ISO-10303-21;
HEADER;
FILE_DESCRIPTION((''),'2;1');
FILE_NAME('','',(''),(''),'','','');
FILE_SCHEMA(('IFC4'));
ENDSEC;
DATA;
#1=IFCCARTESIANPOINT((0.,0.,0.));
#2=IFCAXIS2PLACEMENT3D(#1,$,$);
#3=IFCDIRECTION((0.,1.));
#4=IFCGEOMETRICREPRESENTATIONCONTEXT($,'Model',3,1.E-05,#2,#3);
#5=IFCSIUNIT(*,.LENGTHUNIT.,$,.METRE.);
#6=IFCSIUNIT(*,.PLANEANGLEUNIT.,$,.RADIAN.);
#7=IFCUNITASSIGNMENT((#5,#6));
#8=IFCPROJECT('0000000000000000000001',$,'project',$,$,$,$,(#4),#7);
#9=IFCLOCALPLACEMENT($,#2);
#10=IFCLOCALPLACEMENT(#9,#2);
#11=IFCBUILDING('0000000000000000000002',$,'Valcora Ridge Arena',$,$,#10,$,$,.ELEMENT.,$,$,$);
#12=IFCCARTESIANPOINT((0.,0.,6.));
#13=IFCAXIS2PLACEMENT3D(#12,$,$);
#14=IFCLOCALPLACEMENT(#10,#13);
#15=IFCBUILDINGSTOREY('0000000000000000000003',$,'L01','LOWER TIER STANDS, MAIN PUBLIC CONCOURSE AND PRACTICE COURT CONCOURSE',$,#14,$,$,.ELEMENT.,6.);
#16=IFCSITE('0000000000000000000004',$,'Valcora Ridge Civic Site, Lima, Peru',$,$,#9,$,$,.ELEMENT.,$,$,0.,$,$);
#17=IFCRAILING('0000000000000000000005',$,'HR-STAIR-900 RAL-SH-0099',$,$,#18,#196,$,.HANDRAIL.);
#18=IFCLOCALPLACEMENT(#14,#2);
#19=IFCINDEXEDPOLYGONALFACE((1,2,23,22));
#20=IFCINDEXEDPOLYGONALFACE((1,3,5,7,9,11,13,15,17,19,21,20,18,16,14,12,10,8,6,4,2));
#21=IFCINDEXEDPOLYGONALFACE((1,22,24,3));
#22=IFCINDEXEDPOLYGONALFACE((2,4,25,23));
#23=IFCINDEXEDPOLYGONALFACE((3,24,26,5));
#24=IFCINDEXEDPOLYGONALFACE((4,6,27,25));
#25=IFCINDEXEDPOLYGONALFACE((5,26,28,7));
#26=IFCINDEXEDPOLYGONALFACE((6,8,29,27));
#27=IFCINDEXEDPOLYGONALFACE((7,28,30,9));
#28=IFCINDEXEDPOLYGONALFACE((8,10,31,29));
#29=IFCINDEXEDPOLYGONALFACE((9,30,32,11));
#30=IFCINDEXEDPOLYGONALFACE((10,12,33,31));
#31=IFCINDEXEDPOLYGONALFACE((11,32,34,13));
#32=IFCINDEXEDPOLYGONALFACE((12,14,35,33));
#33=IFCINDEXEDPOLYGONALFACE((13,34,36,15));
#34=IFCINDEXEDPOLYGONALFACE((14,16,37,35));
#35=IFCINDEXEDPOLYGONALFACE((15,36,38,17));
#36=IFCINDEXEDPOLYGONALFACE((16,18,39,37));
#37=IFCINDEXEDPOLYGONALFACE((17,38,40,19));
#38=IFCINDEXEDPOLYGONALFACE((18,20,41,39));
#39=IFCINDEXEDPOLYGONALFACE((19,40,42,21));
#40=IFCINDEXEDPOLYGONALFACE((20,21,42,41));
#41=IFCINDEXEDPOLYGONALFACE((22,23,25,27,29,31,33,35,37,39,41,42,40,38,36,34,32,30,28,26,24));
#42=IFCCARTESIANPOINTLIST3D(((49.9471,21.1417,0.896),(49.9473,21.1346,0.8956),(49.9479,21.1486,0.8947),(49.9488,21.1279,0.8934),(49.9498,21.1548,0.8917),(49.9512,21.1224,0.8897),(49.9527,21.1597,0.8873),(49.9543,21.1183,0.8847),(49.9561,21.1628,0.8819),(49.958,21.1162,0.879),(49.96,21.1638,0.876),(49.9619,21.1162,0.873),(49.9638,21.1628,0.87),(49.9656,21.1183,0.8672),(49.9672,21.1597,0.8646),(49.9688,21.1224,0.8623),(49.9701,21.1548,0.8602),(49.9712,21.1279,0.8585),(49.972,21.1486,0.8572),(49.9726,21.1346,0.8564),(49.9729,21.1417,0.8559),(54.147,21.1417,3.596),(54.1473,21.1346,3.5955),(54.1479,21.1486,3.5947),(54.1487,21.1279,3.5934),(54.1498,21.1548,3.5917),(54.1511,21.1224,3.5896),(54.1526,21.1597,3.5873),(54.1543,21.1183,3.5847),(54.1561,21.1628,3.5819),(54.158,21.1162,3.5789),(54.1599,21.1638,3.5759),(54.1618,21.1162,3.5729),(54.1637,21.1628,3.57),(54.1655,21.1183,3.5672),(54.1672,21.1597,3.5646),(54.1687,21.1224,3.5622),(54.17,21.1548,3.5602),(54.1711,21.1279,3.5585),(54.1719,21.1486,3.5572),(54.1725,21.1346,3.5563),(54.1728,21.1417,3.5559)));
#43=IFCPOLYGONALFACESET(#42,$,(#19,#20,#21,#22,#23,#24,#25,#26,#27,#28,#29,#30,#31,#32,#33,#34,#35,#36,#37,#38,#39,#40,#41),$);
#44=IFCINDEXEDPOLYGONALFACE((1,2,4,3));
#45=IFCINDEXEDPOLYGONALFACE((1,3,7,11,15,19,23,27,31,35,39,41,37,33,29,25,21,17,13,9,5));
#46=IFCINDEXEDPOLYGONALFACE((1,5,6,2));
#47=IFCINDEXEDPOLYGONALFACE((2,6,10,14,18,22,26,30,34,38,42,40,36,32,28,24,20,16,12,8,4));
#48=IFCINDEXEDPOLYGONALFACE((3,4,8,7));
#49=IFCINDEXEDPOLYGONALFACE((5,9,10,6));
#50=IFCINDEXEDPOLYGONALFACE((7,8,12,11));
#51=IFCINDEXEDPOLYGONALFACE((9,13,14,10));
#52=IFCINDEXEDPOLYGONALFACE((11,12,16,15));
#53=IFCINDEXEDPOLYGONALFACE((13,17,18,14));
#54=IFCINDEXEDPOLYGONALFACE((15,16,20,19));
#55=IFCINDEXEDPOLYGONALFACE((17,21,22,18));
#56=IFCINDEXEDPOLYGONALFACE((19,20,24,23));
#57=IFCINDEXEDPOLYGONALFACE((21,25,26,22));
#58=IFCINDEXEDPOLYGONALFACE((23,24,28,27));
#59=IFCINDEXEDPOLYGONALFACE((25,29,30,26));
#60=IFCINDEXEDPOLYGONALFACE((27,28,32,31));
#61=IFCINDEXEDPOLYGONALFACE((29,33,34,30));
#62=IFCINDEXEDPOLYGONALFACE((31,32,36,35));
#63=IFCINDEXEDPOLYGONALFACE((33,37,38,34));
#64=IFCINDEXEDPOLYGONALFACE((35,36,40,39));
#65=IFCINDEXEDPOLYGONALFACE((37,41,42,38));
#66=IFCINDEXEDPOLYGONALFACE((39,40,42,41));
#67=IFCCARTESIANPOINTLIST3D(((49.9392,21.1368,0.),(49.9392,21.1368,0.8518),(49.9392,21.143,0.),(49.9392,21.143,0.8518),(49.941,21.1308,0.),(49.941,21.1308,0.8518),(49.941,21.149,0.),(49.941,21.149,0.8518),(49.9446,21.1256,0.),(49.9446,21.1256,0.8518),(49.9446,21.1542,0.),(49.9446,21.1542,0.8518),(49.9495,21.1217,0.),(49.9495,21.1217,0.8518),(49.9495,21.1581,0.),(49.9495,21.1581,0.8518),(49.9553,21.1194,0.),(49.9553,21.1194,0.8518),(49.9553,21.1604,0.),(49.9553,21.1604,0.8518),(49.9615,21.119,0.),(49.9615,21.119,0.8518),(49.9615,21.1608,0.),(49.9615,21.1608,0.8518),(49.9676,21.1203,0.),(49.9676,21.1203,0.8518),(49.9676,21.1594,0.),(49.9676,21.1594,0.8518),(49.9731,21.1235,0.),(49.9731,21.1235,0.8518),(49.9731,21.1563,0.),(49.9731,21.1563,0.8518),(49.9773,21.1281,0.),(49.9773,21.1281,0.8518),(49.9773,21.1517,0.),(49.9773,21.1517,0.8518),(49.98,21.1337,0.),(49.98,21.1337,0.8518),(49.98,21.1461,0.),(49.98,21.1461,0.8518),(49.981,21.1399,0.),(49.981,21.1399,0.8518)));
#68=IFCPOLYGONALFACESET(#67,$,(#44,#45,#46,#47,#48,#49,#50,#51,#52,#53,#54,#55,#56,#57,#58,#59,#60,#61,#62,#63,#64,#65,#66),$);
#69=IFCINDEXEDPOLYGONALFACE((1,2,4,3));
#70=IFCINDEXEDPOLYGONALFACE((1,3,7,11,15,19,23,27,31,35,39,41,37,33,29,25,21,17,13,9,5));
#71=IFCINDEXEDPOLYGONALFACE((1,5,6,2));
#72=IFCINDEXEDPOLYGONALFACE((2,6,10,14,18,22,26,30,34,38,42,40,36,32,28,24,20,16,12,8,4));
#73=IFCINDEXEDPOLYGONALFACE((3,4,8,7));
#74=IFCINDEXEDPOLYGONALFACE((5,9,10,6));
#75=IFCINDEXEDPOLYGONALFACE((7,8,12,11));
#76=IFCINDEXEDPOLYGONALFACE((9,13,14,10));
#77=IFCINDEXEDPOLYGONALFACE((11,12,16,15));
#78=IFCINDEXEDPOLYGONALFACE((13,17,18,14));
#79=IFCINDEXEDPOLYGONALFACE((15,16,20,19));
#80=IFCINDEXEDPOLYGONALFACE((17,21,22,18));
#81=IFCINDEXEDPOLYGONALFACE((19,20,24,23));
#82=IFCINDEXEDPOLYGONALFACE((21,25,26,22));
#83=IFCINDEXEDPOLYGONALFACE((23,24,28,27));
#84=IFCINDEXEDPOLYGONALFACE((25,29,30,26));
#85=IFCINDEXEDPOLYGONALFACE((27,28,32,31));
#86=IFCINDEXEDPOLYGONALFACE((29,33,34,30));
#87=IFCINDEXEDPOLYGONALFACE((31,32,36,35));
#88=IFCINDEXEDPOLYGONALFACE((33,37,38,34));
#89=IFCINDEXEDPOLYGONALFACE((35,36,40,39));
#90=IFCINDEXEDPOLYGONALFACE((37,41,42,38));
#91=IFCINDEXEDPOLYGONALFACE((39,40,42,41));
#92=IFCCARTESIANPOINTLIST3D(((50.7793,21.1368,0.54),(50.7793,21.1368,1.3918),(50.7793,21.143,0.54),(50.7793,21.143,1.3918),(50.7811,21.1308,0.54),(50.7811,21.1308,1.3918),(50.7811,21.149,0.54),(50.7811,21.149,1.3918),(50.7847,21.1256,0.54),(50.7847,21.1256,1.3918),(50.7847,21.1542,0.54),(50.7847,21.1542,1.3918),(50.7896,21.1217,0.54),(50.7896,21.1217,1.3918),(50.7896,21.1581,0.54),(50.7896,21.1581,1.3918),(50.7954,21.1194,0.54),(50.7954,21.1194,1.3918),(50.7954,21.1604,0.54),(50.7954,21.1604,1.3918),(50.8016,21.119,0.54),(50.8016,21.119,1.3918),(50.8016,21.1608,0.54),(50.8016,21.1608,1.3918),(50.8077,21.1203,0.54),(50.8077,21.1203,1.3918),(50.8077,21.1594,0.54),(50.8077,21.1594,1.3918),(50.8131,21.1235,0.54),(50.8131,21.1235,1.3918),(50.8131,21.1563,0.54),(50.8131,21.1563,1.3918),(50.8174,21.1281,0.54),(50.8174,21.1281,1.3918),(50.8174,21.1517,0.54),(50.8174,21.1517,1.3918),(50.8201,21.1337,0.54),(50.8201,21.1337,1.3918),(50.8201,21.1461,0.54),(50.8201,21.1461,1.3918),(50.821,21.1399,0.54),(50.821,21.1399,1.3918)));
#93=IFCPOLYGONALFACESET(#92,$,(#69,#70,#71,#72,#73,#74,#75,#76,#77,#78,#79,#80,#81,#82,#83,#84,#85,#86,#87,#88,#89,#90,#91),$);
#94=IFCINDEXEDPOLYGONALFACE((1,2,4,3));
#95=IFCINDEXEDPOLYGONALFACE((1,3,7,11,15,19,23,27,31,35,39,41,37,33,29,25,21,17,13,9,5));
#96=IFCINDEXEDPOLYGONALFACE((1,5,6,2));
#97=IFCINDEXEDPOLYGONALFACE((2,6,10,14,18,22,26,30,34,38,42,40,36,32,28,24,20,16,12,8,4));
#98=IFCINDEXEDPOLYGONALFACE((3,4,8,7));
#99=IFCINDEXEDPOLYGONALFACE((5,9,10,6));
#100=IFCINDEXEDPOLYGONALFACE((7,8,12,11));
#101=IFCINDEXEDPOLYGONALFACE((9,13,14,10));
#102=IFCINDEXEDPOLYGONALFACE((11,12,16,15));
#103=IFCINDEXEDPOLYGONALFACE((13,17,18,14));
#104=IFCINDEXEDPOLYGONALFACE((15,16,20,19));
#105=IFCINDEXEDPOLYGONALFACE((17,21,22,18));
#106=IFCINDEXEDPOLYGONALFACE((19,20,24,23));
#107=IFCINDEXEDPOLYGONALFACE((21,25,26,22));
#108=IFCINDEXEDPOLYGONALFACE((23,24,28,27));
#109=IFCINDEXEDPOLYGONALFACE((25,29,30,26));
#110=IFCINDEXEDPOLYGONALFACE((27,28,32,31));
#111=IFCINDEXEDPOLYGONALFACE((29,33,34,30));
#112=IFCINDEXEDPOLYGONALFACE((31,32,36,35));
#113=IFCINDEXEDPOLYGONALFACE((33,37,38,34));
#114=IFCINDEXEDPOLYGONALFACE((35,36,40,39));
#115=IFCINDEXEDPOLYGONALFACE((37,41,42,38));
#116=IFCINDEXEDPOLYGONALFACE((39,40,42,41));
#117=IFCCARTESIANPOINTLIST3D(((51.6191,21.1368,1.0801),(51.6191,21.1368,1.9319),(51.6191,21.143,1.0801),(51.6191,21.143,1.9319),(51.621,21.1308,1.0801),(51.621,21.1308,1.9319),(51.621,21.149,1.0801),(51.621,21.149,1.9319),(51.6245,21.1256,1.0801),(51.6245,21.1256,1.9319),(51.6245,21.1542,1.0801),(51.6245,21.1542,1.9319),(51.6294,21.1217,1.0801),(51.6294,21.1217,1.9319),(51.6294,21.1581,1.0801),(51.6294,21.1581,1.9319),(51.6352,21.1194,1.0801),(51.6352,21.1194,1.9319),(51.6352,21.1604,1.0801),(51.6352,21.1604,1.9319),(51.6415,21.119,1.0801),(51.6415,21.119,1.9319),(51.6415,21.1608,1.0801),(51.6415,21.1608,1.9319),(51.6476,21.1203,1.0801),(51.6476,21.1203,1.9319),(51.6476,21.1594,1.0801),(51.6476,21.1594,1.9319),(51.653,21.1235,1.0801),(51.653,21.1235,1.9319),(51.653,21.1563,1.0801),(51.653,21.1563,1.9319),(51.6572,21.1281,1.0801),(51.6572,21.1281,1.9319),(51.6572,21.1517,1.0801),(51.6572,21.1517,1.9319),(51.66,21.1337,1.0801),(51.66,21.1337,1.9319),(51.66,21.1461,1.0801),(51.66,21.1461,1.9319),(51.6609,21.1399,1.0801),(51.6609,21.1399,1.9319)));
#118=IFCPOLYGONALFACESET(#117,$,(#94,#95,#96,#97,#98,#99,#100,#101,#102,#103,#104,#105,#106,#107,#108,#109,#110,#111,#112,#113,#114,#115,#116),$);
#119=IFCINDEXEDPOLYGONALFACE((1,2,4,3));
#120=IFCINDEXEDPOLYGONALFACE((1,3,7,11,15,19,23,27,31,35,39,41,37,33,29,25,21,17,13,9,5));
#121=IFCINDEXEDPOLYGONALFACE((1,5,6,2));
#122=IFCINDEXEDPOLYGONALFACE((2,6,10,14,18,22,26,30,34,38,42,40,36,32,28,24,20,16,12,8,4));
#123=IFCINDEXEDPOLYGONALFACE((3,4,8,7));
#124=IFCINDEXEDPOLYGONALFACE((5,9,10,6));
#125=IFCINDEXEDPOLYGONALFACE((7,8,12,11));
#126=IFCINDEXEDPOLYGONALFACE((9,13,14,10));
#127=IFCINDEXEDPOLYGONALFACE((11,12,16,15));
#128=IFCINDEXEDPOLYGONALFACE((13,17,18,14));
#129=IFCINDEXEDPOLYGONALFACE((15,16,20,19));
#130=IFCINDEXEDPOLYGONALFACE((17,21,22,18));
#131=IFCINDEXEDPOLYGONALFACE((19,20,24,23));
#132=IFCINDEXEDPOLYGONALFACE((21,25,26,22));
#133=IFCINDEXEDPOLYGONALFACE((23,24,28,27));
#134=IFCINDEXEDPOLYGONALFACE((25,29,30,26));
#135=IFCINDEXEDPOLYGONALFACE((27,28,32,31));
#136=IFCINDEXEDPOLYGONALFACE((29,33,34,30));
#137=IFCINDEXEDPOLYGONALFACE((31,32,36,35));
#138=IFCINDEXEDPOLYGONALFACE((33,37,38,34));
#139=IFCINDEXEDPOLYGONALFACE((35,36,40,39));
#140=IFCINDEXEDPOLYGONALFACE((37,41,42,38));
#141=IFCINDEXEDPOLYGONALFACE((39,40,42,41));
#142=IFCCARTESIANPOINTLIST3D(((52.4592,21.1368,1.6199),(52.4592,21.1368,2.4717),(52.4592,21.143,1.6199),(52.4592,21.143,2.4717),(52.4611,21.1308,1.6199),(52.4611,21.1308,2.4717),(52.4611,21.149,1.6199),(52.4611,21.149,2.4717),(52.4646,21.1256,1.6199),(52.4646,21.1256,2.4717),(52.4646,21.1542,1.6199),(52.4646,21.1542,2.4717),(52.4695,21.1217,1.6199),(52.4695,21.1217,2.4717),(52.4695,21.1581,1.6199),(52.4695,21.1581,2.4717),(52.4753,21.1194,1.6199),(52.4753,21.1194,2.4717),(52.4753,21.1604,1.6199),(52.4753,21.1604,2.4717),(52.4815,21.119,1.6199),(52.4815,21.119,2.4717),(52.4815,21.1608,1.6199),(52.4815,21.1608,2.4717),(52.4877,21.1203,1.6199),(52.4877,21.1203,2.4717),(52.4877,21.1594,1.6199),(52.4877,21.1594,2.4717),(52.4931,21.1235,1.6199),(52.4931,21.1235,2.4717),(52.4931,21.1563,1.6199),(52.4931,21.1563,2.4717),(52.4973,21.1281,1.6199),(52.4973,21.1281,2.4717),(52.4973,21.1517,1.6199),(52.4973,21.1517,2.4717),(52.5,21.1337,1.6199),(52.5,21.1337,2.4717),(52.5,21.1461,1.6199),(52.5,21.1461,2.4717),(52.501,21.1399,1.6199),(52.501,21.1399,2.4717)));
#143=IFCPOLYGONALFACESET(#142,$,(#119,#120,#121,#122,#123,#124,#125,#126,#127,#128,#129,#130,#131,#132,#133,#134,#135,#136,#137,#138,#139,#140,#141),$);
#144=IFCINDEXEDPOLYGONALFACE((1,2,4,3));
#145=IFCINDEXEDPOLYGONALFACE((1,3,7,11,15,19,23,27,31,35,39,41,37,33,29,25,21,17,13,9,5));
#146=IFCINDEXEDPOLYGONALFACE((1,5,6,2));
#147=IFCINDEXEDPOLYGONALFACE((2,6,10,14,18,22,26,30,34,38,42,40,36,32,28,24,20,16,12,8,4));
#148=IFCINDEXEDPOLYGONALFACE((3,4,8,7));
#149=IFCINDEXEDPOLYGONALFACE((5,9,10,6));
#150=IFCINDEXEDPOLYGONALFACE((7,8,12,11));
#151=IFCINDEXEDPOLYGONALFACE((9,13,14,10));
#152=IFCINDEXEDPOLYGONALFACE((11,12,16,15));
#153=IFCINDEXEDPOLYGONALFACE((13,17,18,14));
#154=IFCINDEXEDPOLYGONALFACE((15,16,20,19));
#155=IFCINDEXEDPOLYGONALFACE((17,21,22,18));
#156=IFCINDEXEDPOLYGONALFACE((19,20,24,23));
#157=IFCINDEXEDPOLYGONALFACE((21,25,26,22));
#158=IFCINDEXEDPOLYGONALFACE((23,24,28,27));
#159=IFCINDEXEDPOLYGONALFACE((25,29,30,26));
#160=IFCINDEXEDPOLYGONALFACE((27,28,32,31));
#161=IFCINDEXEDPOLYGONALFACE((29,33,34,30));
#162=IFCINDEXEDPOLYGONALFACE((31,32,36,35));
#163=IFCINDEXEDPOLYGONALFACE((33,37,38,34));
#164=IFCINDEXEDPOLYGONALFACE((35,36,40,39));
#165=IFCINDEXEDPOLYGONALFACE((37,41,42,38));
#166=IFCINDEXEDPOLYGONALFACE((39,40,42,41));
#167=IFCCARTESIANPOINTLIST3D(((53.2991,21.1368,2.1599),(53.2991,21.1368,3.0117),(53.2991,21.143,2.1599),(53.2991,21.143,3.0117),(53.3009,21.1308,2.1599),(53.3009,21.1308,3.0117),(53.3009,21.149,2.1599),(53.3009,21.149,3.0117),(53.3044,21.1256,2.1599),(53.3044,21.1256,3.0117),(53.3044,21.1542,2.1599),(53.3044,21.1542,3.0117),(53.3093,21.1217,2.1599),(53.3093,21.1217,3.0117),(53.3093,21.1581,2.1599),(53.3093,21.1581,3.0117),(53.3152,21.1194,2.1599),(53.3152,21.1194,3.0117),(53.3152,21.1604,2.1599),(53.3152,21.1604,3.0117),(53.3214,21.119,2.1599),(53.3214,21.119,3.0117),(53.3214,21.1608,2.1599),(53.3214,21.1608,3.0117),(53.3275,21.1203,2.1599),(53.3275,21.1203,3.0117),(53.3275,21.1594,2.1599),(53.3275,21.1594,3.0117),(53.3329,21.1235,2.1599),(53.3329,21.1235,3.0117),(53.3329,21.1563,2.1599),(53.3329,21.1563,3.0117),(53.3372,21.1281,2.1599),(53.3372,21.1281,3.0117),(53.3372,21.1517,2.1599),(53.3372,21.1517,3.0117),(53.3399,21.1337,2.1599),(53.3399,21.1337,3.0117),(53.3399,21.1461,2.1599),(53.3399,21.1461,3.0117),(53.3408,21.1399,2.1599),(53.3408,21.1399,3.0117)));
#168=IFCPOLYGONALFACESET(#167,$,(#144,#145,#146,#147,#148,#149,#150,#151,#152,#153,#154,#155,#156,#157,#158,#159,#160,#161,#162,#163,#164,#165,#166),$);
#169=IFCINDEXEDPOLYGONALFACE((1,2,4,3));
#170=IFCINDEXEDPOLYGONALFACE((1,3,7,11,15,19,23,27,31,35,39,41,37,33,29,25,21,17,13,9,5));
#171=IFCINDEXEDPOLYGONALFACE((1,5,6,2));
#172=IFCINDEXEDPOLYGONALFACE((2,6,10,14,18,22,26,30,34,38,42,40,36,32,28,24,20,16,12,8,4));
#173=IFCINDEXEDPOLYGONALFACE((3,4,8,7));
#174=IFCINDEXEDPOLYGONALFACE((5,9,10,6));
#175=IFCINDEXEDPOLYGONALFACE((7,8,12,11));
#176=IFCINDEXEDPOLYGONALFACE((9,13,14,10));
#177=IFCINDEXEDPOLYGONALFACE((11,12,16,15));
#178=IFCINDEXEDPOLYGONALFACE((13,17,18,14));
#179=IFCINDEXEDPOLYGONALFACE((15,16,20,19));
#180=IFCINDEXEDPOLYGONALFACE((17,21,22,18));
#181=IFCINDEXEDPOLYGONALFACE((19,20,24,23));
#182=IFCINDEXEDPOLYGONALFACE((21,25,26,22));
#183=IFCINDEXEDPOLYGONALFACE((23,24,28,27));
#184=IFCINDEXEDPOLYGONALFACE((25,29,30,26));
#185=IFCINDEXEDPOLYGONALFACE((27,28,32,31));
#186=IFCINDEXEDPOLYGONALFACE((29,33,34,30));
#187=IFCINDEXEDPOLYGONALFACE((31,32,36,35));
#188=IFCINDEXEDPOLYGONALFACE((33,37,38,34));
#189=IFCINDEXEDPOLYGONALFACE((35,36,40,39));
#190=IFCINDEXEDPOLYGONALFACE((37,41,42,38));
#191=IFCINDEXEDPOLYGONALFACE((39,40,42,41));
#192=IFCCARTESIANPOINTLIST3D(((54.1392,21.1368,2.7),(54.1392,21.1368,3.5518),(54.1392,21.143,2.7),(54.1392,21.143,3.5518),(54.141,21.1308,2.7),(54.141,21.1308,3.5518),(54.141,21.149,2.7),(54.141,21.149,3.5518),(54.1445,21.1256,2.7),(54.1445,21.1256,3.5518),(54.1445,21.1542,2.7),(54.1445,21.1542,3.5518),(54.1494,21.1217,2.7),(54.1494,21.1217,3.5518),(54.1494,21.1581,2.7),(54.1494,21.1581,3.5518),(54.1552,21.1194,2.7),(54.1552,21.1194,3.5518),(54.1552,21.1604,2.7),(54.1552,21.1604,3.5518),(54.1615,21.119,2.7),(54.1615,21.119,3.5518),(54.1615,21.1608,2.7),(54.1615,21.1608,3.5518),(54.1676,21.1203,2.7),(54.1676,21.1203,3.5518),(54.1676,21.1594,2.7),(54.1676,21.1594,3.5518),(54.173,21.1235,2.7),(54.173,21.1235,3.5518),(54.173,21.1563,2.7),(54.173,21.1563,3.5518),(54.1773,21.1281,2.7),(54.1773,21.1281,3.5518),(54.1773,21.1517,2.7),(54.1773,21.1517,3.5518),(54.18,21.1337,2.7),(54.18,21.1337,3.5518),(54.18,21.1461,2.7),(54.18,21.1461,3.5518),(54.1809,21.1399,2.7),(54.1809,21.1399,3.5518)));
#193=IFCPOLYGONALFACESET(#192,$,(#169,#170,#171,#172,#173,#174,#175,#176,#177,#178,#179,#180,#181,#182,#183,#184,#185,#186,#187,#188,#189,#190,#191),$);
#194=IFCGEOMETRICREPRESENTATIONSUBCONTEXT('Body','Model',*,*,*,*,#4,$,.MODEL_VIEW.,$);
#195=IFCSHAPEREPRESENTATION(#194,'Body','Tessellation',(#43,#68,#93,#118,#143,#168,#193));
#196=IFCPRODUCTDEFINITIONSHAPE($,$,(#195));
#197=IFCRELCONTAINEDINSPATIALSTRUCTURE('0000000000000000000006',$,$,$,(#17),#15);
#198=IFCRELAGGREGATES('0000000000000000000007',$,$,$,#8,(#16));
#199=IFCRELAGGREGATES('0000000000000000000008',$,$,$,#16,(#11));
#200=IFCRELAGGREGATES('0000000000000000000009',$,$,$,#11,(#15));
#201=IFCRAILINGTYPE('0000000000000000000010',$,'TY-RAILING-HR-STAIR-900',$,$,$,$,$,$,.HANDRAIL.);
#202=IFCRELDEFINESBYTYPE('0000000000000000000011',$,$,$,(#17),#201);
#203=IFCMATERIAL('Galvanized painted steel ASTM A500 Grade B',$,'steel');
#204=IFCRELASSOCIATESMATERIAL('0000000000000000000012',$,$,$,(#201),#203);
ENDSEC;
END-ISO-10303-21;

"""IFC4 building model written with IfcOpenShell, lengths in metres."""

from ifc_helpers import new_model, si_unit, direction, frame, origin, origin_2d, place, context, subcontext, project, spatial, circle, extrude, material, type_object, element, save


model = new_model("IFC4")

# Units and contexts
model_context = context("Model", 3, precision=1e-05, world=origin(), true_north=direction((0.0, 1.0)))
body_context = subcontext(model_context, "Body", "Model", "MODEL_VIEW")
ifc_project = project(units=[si_unit("LENGTHUNIT", "METRE"), si_unit("PLANEANGLEUNIT", "RADIAN")], contexts=[model_context])

# Site, building, storey
site_placement = place(None, origin())
site = spatial("IfcSite", under=ifc_project, at=site_placement, Name="Valcora Ridge Civic Site, Lima, Peru", CompositionType="ELEMENT", RefElevation=0.0)
building_placement = place(site_placement, origin())
building = spatial("IfcBuilding", under=site, at=building_placement, Name="Valcora Ridge Arena", CompositionType="ELEMENT")
storey_placement = place(building_placement, frame((0.0, 0.0, 6.0)))
storey = spatial("IfcBuildingStorey", under=building, at=storey_placement, Name="L01", Description="LOWER TIER STANDS, MAIN PUBLIC CONCOURSE AND PRACTICE COURT CONCOURSE", CompositionType="ELEMENT", Elevation=6.0)

# Railing
ifc_material_1 = material(Name="Galvanized painted steel ASTM A500 Grade B", Category="steel")
railing_type_1 = type_object("IfcRailingType", Name="TY-RAILING-HR-STAIR-900", PredefinedType="HANDRAIL", material=ifc_material_1)
railing_1_placement = place(storey_placement, frame((49.96, 21.1399, 0.0)))
element("IfcRailing", 1, at=railing_1_placement, inside=storey, type_object=railing_type_1, Name="HR-STAIR-900 RAL-SH-0099", PredefinedType="HANDRAIL", context=body_context, shape_type="SweptSolid", body=[
    extrude(circle(Radius=0.0239, at=origin_2d()), frame((0.0, 0.0, 0.876), z_axis=(0.84118, 0.0, 0.540755), x_axis=(0.0, 1.0, 0.0)), (0.0, 0.0, 1.0), 4.9929),
    extrude(circle(Radius=0.021, at=origin_2d()), origin(), (0.0, 0.0, 1.0), 0.8518),
    extrude(circle(Radius=0.021, at=origin_2d()), frame((0.8401, 0.0, 0.54)), (0.0, 0.0, 1.0), 0.8518),
    extrude(circle(Radius=0.021, at=origin_2d()), frame((1.6799, 0.0, 1.0801)), (0.0, 0.0, 1.0), 0.8518),
    extrude(circle(Radius=0.021, at=origin_2d()), frame((2.52, 0.0, 1.6199)), (0.0, 0.0, 1.0), 0.8518),
    extrude(circle(Radius=0.021, at=origin_2d()), frame((3.3599, 0.0, 2.1599)), (0.0, 0.0, 1.0), 0.8518),
    extrude(circle(Radius=0.021, at=origin_2d()), frame((4.2, 0.0, 2.7)), (0.0, 0.0, 1.0), 0.8518),
])

save(model, "model.ifc")
